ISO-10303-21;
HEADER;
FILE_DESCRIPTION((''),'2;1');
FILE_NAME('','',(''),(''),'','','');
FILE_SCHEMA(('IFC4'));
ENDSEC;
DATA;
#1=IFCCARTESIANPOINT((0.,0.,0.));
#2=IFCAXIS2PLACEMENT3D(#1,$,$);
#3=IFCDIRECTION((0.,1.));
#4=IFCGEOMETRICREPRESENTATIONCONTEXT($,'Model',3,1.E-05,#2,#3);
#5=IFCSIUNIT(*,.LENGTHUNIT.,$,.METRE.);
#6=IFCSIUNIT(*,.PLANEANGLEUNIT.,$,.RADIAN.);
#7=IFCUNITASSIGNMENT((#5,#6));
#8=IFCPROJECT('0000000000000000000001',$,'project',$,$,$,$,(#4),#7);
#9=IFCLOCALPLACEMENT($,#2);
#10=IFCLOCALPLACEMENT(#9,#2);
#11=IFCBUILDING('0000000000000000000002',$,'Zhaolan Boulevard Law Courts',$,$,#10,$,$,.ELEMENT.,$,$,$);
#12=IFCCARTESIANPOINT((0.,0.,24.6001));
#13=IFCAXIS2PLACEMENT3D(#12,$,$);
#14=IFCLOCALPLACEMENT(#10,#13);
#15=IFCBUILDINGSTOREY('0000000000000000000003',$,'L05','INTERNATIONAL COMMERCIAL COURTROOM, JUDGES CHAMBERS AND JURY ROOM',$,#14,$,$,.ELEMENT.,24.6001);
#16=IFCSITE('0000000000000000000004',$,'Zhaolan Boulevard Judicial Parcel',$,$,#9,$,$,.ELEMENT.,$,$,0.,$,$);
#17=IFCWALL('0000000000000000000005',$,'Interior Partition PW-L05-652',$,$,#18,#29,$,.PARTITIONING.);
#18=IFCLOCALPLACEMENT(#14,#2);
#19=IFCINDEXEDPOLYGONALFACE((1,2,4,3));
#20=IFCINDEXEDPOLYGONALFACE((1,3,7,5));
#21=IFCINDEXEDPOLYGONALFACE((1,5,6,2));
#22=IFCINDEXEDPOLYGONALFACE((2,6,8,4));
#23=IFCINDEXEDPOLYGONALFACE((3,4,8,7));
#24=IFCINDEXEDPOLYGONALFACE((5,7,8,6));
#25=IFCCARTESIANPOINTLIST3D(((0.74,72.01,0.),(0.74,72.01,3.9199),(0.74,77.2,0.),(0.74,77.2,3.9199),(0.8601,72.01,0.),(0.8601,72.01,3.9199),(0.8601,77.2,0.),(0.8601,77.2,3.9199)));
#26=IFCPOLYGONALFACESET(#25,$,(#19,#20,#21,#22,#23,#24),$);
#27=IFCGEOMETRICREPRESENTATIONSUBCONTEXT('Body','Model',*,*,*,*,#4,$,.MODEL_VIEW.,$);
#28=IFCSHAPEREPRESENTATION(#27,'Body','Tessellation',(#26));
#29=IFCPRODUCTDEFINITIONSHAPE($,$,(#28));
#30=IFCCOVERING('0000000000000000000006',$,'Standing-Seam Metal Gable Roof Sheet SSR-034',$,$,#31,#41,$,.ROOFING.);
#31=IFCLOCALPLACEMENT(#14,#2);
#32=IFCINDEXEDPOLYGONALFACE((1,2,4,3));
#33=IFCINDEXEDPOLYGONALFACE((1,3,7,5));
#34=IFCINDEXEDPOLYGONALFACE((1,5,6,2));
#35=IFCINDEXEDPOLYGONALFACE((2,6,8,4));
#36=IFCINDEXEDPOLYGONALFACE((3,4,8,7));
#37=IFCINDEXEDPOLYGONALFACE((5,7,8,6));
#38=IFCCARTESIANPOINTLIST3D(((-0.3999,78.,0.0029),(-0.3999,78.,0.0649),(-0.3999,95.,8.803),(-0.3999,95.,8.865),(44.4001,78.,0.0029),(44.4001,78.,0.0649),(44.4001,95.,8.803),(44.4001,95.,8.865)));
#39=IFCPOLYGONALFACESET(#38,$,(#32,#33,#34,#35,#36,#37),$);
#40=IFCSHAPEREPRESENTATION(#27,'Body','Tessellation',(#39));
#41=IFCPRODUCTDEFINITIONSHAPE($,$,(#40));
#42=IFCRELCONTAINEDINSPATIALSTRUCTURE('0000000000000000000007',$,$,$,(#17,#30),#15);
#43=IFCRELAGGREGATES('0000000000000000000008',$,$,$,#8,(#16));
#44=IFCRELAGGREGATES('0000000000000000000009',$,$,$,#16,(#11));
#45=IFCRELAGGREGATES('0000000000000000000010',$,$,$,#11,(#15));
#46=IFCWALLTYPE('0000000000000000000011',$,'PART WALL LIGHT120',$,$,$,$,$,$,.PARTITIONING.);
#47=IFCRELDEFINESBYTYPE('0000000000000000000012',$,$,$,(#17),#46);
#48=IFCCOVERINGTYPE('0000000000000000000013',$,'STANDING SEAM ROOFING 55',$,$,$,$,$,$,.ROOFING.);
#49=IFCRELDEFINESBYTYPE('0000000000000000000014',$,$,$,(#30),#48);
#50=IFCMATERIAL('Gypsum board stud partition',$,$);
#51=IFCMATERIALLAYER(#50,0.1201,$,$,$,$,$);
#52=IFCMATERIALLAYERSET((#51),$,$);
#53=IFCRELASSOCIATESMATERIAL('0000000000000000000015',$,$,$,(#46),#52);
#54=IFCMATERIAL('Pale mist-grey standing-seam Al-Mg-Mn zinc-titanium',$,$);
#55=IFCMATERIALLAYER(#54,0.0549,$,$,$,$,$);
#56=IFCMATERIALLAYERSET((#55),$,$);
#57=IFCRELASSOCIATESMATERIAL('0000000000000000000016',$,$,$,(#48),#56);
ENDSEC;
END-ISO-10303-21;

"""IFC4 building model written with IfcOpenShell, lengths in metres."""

from ifc_helpers import new_model, si_unit, direction, frame, frame_2d, origin, place, context, subcontext, project, spatial, polyline, rectangle, outline, extrude, material, layer, layer_set, type_object, element, save


model = new_model("IFC4")

# Units and contexts
model_context = context("Model", 3, precision=1e-05, world=origin(), true_north=direction((0.0, 1.0)))
body_context = subcontext(model_context, "Body", "Model", "MODEL_VIEW")
ifc_project = project(units=[si_unit("LENGTHUNIT", "METRE"), si_unit("PLANEANGLEUNIT", "RADIAN")], contexts=[model_context])

# Site, building, storey
site_placement = place(None, origin())
site = spatial("IfcSite", under=ifc_project, at=site_placement, Name="Zhaolan Boulevard Judicial Parcel", CompositionType="ELEMENT", RefElevation=0.0)
building_placement = place(site_placement, origin())
building = spatial("IfcBuilding", under=site, at=building_placement, Name="Zhaolan Boulevard Law Courts", CompositionType="ELEMENT")
storey_placement = place(building_placement, frame((0.0, 0.0, 24.6001)))
storey = spatial("IfcBuildingStorey", under=building, at=storey_placement, Name="L05", Description="INTERNATIONAL COMMERCIAL COURTROOM, JUDGES CHAMBERS AND JURY ROOM", CompositionType="ELEMENT", Elevation=24.6001)

# Wall
ifc_material_1 = material(Name="Gypsum board stud partition")
ifc_layer_1 = layer(ifc_material_1, 0.1201)
ifc_layer_set_1 = layer_set([ifc_layer_1])
wall_type_1 = type_object("IfcWallType", Name="PART WALL LIGHT120", PredefinedType="PARTITIONING", material=ifc_layer_set_1)
wall_1_placement = place(storey_placement, frame((0.8, 77.2, 0.0), z_axis=(0.0, 0.0, 1.0), x_axis=(0.0, -1.0, 0.0)))
element("IfcWall", 1, at=wall_1_placement, inside=storey, type_object=wall_type_1, Name="Interior Partition PW-L05-652", PredefinedType="PARTITIONING", context=body_context, shape_type="SweptSolid", body=[
    extrude(rectangle(XDim=5.1899, YDim=0.1201, at=frame_2d((2.595, 0.0))), origin(), (0.0, 0.0, 1.0), 3.9199),
])

# Covering
ifc_material_2 = material(Name="Pale mist-grey standing-seam Al-Mg-Mn zinc-titanium")
ifc_layer_2 = layer(ifc_material_2, 0.0549)
ifc_layer_set_2 = layer_set([ifc_layer_2])
covering_type = type_object("IfcCoveringType", Name="STANDING SEAM ROOFING 55", PredefinedType="ROOFING", material=ifc_layer_set_2)
covering_placement = place(storey_placement, frame((-0.3999, 78.0, 0.0649), z_axis=(1.0, 0.0, 0.0), x_axis=(0.0, 1.0, 0.0)))
element("IfcCovering", 2, at=covering_placement, inside=storey, type_object=covering_type, Name="Standing-Seam Metal Gable Roof Sheet SSR-034", PredefinedType="ROOFING", context=body_context, shape_type="SweptSolid", body=[
    extrude(outline(polyline([(0.0, 0.0), (17.0, 8.8), (17.0, 8.738), (0.0, -0.062), (0.0, 0.0)])), origin(), (0.0, 0.0, 1.0), 44.8),
])

save(model, "model.ifc")
